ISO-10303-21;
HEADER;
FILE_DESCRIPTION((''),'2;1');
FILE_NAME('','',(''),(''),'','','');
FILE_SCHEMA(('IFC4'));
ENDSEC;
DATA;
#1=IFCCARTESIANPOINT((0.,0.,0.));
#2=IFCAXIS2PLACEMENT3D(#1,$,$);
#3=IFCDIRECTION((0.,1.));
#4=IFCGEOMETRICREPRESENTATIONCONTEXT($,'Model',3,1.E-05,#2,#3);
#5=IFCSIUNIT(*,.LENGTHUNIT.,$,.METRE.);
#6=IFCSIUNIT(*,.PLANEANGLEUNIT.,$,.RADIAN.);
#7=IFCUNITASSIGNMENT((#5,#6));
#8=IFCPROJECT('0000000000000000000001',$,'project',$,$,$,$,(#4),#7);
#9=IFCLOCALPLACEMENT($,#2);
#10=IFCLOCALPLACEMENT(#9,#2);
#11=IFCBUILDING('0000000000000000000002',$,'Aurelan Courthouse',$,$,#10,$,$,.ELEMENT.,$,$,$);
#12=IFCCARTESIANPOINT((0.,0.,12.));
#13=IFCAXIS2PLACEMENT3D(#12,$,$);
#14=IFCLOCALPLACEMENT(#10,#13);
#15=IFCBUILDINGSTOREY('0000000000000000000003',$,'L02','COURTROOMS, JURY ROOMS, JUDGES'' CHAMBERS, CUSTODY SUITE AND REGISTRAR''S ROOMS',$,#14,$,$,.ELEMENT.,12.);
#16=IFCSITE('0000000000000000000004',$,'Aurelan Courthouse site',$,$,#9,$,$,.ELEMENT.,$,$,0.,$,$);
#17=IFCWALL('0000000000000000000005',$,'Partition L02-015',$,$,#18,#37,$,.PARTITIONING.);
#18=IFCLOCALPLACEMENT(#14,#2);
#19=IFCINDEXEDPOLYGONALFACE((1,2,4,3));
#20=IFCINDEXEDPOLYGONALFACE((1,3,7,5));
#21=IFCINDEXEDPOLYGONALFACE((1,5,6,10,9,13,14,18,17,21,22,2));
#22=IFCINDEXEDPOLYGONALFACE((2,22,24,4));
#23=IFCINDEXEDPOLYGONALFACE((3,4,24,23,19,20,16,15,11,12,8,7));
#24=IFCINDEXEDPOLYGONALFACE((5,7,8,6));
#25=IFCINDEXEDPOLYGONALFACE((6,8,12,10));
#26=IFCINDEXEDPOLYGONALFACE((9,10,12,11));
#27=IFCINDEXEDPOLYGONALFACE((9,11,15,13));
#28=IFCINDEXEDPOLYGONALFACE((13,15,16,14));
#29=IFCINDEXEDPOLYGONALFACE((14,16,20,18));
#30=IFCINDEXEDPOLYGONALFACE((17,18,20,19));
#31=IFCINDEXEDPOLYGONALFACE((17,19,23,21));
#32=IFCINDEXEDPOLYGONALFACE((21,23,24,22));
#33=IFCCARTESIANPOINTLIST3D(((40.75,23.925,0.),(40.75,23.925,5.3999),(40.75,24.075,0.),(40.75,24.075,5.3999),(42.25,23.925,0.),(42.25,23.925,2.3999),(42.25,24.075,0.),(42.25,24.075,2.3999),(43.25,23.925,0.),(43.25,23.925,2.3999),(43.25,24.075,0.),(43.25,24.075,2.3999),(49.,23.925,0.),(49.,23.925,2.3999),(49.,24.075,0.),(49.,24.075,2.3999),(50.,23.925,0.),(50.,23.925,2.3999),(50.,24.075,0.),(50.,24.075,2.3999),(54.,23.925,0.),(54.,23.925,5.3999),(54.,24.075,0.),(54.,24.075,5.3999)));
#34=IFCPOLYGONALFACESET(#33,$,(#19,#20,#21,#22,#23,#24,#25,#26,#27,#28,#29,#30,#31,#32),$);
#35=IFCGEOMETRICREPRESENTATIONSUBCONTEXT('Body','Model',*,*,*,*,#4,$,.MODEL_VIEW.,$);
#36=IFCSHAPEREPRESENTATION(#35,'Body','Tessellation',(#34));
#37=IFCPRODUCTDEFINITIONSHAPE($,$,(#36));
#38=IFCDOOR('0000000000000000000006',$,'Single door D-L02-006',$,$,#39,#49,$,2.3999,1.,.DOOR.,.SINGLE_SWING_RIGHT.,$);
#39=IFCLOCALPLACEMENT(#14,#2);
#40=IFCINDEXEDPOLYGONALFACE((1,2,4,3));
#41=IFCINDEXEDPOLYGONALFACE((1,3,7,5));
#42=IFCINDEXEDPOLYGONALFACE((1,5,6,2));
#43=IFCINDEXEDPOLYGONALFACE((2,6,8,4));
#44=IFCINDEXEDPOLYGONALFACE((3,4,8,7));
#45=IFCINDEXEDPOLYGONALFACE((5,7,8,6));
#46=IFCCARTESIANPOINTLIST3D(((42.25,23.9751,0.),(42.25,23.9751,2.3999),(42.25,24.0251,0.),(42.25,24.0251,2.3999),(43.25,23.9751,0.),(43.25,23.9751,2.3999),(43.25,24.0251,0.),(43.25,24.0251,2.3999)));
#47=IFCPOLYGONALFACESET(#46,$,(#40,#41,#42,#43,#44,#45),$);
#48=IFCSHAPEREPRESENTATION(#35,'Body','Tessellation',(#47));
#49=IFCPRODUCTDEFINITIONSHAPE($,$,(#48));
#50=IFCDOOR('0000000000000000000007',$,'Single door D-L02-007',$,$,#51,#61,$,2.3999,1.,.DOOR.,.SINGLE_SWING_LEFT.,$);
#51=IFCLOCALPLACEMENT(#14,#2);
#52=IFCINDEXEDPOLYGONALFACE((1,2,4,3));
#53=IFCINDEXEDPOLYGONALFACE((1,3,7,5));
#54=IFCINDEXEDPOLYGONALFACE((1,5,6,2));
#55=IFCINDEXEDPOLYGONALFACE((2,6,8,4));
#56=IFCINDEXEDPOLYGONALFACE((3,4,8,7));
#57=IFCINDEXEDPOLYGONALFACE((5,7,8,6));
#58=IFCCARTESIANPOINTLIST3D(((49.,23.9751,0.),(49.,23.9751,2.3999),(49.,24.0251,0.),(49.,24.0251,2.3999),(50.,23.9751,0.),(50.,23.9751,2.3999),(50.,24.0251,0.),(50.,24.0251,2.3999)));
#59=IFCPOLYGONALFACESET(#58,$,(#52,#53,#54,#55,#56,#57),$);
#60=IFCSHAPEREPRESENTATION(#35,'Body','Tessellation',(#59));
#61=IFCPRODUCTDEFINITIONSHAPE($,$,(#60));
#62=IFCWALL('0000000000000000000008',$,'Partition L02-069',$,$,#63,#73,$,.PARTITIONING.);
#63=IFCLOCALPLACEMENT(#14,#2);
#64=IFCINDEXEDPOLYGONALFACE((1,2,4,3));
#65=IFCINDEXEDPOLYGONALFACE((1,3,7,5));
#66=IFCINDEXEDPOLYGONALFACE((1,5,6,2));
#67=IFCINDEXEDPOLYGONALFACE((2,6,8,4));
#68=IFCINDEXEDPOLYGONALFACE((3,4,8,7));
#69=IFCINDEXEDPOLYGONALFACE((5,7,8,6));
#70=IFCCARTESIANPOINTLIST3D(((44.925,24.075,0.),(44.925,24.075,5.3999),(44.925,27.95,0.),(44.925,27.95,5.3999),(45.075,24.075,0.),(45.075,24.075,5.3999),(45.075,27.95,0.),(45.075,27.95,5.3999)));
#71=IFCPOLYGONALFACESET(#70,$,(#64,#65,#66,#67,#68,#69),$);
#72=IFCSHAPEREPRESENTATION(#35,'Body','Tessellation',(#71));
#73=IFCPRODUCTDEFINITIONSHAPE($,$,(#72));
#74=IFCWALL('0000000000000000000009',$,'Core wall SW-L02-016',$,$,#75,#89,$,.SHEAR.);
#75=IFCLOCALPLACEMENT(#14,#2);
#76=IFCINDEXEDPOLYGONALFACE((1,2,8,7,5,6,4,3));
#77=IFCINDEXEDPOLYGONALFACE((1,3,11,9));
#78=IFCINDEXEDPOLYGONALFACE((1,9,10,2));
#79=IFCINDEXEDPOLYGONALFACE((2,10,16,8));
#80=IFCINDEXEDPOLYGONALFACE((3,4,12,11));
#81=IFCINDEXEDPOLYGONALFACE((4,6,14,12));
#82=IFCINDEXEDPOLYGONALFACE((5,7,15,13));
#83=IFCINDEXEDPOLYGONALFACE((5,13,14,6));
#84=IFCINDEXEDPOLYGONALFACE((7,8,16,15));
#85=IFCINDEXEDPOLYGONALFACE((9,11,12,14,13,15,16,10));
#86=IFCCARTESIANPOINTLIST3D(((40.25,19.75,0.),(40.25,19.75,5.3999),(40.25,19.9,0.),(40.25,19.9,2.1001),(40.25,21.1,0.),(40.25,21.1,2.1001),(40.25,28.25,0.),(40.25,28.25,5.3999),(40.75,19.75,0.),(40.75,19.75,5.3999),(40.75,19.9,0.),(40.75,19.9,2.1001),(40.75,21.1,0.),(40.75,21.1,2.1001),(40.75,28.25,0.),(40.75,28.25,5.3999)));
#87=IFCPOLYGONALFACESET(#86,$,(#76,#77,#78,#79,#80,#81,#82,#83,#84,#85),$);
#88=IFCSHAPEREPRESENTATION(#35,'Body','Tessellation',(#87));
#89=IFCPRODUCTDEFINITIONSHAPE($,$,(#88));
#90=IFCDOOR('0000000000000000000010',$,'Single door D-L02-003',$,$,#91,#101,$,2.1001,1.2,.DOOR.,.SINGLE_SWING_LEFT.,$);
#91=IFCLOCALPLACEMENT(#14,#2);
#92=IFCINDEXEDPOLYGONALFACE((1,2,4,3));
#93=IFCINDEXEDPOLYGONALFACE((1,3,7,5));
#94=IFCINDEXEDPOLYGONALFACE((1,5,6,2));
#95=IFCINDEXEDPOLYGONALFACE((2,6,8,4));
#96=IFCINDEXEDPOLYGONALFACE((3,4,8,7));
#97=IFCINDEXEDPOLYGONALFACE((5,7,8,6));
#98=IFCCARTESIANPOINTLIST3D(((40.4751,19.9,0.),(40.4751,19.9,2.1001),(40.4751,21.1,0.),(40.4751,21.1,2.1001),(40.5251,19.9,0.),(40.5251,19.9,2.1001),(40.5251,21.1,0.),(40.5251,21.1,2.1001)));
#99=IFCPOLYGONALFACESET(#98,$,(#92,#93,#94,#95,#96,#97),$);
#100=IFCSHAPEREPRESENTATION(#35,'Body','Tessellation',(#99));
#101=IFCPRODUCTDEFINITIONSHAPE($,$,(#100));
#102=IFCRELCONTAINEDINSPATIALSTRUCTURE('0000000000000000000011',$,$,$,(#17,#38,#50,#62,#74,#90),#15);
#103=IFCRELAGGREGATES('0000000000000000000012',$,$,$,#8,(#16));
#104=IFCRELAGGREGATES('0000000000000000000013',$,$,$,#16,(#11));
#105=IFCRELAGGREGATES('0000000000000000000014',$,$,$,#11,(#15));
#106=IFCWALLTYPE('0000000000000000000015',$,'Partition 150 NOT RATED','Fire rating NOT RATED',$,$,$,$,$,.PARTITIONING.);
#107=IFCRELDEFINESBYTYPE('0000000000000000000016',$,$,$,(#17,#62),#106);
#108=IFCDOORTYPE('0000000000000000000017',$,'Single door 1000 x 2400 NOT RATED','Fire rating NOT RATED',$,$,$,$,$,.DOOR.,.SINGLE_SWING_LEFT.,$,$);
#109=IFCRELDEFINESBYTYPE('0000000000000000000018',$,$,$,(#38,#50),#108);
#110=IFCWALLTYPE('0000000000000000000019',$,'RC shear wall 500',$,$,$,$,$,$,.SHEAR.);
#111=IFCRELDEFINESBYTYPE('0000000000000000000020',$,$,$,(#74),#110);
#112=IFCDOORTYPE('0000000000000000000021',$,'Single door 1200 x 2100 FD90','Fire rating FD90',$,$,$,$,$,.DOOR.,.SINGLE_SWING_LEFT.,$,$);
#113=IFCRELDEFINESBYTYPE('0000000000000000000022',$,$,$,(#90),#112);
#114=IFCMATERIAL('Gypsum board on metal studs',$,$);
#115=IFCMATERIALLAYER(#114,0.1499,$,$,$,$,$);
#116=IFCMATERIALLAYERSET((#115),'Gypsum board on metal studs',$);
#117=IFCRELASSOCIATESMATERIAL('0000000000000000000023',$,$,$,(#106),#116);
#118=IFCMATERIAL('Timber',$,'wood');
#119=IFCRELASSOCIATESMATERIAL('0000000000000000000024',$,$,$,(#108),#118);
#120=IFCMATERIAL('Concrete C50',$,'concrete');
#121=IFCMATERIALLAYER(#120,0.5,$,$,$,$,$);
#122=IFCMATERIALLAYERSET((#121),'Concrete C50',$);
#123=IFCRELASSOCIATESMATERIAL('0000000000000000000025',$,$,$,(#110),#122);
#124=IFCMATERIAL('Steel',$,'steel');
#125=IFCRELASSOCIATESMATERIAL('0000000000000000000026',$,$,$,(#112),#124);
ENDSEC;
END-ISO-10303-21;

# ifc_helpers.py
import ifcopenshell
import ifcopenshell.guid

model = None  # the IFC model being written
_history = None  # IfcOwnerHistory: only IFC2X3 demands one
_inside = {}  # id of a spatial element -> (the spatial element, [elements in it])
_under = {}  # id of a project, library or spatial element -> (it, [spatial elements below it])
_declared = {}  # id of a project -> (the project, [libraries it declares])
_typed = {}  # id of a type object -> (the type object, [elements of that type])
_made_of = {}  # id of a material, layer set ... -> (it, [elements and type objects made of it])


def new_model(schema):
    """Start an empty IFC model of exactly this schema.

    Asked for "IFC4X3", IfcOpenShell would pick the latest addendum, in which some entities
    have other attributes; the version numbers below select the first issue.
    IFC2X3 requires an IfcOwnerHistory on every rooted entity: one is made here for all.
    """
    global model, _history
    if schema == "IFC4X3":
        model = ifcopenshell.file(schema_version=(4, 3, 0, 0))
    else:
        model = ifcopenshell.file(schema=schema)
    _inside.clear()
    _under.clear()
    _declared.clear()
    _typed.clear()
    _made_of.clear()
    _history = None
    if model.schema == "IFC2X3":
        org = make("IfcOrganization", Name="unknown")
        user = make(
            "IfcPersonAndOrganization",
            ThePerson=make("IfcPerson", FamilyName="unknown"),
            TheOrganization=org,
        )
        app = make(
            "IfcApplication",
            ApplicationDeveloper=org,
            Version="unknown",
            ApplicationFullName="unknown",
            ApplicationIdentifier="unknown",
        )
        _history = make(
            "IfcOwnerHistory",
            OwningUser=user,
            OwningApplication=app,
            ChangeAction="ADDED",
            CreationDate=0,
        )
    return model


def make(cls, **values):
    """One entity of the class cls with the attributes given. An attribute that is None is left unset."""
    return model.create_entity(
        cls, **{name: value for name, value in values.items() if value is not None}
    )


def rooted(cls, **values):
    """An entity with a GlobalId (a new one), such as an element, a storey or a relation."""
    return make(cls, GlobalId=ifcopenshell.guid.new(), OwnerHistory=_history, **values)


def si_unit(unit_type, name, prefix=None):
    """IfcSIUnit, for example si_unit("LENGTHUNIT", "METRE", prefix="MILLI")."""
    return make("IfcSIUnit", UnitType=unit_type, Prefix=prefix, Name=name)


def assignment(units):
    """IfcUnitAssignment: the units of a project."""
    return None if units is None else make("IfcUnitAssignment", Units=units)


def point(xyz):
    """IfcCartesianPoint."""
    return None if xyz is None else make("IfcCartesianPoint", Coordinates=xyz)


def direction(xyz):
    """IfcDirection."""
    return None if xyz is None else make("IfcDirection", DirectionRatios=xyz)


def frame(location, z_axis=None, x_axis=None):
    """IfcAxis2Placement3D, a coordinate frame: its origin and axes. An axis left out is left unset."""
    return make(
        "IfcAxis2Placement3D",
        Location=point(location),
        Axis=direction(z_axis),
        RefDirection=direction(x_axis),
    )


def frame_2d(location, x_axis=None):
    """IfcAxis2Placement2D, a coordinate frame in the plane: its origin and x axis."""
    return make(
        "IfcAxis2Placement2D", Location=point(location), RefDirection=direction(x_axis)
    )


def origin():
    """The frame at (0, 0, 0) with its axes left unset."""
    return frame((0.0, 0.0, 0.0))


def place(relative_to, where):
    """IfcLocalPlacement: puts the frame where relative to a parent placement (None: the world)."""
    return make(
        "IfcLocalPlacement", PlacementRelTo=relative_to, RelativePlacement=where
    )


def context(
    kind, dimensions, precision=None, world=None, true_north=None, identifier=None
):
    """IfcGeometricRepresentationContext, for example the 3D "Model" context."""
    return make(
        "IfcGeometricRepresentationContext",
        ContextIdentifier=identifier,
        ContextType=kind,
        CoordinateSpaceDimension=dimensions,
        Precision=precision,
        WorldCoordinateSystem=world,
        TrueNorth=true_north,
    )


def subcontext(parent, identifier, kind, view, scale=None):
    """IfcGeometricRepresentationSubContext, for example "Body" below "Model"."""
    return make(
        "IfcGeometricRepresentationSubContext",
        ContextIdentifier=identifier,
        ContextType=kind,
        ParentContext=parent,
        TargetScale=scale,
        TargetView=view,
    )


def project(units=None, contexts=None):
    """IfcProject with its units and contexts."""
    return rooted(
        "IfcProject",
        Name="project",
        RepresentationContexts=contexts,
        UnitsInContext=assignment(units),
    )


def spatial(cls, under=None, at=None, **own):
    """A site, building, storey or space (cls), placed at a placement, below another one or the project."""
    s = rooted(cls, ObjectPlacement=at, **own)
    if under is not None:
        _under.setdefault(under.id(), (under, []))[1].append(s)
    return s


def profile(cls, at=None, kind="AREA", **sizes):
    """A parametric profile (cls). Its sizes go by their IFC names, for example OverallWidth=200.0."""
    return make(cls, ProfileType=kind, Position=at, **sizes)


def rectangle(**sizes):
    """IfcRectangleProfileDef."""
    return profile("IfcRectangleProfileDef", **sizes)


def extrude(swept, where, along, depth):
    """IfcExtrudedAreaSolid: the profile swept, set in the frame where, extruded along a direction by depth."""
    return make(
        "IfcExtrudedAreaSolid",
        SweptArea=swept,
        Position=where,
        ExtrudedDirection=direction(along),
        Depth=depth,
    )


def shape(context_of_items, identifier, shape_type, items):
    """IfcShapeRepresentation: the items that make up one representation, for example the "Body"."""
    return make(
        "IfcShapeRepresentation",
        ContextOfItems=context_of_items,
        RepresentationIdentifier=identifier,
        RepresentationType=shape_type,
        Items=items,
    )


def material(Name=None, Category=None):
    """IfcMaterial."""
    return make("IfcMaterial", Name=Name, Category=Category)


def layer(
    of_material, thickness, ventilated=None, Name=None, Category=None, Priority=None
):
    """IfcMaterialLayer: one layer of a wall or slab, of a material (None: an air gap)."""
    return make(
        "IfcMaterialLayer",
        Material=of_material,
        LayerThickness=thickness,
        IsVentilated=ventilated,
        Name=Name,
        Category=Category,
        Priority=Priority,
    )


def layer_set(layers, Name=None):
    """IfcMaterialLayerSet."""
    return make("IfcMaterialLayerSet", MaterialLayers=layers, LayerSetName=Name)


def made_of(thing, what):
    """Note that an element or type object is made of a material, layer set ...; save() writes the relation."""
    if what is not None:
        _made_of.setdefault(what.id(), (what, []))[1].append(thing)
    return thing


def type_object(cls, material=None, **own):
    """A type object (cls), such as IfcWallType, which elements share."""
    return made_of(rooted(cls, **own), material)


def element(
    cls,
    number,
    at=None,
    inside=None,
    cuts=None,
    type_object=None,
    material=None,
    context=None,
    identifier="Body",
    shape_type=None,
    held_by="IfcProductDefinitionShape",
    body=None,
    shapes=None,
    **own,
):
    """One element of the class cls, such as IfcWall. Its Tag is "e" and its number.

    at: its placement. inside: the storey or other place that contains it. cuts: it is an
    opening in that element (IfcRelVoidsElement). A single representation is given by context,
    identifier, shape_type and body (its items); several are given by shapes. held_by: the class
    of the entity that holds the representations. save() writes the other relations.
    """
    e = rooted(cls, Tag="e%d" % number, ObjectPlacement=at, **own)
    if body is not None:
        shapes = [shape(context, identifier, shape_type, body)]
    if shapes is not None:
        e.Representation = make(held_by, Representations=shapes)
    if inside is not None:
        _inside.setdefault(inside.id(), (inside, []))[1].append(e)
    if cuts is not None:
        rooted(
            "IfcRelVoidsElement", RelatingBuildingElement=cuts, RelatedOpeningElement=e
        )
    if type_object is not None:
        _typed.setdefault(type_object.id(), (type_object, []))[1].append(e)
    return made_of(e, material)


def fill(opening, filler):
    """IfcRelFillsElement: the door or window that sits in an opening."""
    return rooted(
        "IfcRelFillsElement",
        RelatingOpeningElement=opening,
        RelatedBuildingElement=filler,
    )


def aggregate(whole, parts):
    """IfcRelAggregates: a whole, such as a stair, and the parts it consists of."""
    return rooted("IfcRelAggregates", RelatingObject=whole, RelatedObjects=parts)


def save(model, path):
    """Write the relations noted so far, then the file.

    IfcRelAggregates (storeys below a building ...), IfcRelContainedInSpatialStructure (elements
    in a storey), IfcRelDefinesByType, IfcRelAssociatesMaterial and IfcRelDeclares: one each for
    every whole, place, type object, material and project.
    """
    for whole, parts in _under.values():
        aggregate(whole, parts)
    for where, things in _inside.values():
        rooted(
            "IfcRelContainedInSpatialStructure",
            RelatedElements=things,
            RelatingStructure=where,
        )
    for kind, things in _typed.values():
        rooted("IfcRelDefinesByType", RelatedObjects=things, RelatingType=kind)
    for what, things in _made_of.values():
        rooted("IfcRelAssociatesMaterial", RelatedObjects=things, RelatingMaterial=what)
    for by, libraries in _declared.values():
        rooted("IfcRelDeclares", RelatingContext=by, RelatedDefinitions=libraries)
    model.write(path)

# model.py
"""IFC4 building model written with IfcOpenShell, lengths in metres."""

from ifc_helpers import new_model, si_unit, direction, frame, frame_2d, origin, place, context, subcontext, project, spatial, rectangle, extrude, material, layer, layer_set, type_object, element, fill, save


model = new_model("IFC4")

# Units and contexts
model_context = context("Model", 3, precision=1e-05, world=origin(), true_north=direction((0.0, 1.0)))
body_context = subcontext(model_context, "Body", "Model", "MODEL_VIEW")
ifc_project = project(units=[si_unit("LENGTHUNIT", "METRE"), si_unit("PLANEANGLEUNIT", "RADIAN")], contexts=[model_context])

# Site, building, storey
site_placement = place(None, origin())
site = spatial("IfcSite", under=ifc_project, at=site_placement, Name="Aurelan Courthouse site", CompositionType="ELEMENT", RefElevation=0.0)
building_placement = place(site_placement, origin())
building = spatial("IfcBuilding", under=site, at=building_placement, Name="Aurelan Courthouse", CompositionType="ELEMENT")
storey_placement = place(building_placement, frame((0.0, 0.0, 12.0)))
storey = spatial("IfcBuildingStorey", under=building, at=storey_placement, Name="L02", Description="COURTROOMS, JURY ROOMS, JUDGES' CHAMBERS, CUSTODY SUITE AND REGISTRAR'S ROOMS", CompositionType="ELEMENT", Elevation=12.0)

# Wall, openings, doors
ifc_material_1 = material(Name="Gypsum board on metal studs")
ifc_layer_1 = layer(ifc_material_1, 0.1499)
ifc_layer_set_1 = layer_set([ifc_layer_1], Name="Gypsum board on metal studs")
wall_type_1 = type_object("IfcWallType", Name="Partition 150 NOT RATED", Description="Fire rating NOT RATED", PredefinedType="PARTITIONING", material=ifc_layer_set_1)
wall_1_placement = place(storey_placement, frame((40.75, 24.0, 0.0), z_axis=(0.0, 0.0, 1.0), x_axis=(1.0, 0.0, 0.0)))
wall_1 = element("IfcWall", 1, at=wall_1_placement, inside=storey, type_object=wall_type_1, Name="Partition L02-015", PredefinedType="PARTITIONING", context=body_context, shape_type="SweptSolid", body=[
    extrude(rectangle(XDim=13.25, YDim=0.1499, at=frame_2d((6.625, 0.0))), origin(), (0.0, 0.0, 1.0), 5.3999),
])
opening_1_placement = place(wall_1_placement, frame((2.5, 0.0, 0.0), z_axis=(0.0, 0.0, 1.0), x_axis=(-1.0, 0.0, 0.0)))
opening_1 = element("IfcOpeningElement", 2, at=opening_1_placement, cuts=wall_1, PredefinedType="OPENING", context=body_context, shape_type="SweptSolid", body=[
    extrude(rectangle(XDim=1.0, YDim=2.3999, at=frame_2d((0.5, 1.2))), frame((0.0, 0.085, 0.0), z_axis=(0.0, -1.0, 0.0), x_axis=(1.0, 0.0, 0.0)), (0.0, 0.0, 1.0), 0.1699),
])
opening_2_placement = place(wall_1_placement, frame((9.25, 0.0, 0.0), z_axis=(0.0, 0.0, 1.0), x_axis=(-1.0, 0.0, 0.0)))
opening_2 = element("IfcOpeningElement", 3, at=opening_2_placement, cuts=wall_1, PredefinedType="OPENING", context=body_context, shape_type="SweptSolid", body=[
    extrude(rectangle(XDim=1.0, YDim=2.3999, at=frame_2d((0.5, 1.2))), frame((0.0, 0.085, 0.0), z_axis=(0.0, -1.0, 0.0), x_axis=(1.0, 0.0, 0.0)), (0.0, 0.0, 1.0), 0.1699),
])
ifc_material_2 = material(Name="Timber", Category="wood")
door_type_1 = type_object("IfcDoorType", Name="Single door 1000 x 2400 NOT RATED", Description="Fire rating NOT RATED", OperationType="SINGLE_SWING_LEFT", PredefinedType="DOOR", material=ifc_material_2)
door_1_placement = place(opening_1_placement, origin())
door_1 = element("IfcDoor", 4, at=door_1_placement, inside=storey, type_object=door_type_1, Name="Single door D-L02-006", OperationType="SINGLE_SWING_RIGHT", OverallHeight=2.3999, OverallWidth=1.0, PredefinedType="DOOR", context=body_context, shape_type="SweptSolid", body=[
    extrude(rectangle(XDim=1.0, YDim=2.3999, at=frame_2d((0.5, 1.2))), frame((0.0, 0.0249, 0.0), z_axis=(0.0, -1.0, 0.0), x_axis=(1.0, 0.0, 0.0)), (0.0, 0.0, 1.0), 0.05),
])
fill(opening_1, door_1)
door_2_placement = place(opening_2_placement, origin())
door_2 = element("IfcDoor", 5, at=door_2_placement, inside=storey, type_object=door_type_1, Name="Single door D-L02-007", OperationType="SINGLE_SWING_LEFT", OverallHeight=2.3999, OverallWidth=1.0, PredefinedType="DOOR", context=body_context, shape_type="SweptSolid", body=[
    extrude(rectangle(XDim=1.0, YDim=2.3999, at=frame_2d((0.5, 1.2))), frame((0.0, 0.0249, 0.0), z_axis=(0.0, -1.0, 0.0), x_axis=(1.0, 0.0, 0.0)), (0.0, 0.0, 1.0), 0.05),
])
fill(opening_2, door_2)

# Wall
wall_2_placement = place(storey_placement, frame((45.0, 24.075, 0.0), z_axis=(0.0, 0.0, 1.0), x_axis=(0.0, 1.0, 0.0)))
element("IfcWall", 6, at=wall_2_placement, inside=storey, type_object=wall_type_1, Name="Partition L02-069", PredefinedType="PARTITIONING", context=body_context, shape_type="SweptSolid", body=[
    extrude(rectangle(XDim=3.875, YDim=0.1499, at=frame_2d((1.9375, 0.0))), origin(), (0.0, 0.0, 1.0), 5.3999),
])

# Wall, opening, door
ifc_material_3 = material(Name="Concrete C50", Category="concrete")
ifc_layer_2 = layer(ifc_material_3, 0.5)
ifc_layer_set_2 = layer_set([ifc_layer_2], Name="Concrete C50")
wall_type_2 = type_object("IfcWallType", Name="RC shear wall 500", PredefinedType="SHEAR", material=ifc_layer_set_2)
wall_3_placement = place(storey_placement, frame((40.5, 19.75, 0.0), z_axis=(0.0, 0.0, 1.0), x_axis=(0.0, 1.0, 0.0)))
wall_3 = element("IfcWall", 7, at=wall_3_placement, inside=storey, type_object=wall_type_2, Name="Core wall SW-L02-016", PredefinedType="SHEAR", context=body_context, shape_type="SweptSolid", body=[
    extrude(rectangle(XDim=8.5, YDim=0.5, at=frame_2d((4.25, 0.0))), origin(), (0.0, 0.0, 1.0), 5.3999),
])
opening_3_placement = place(wall_3_placement, frame((0.1499, 0.0, 0.0)))
opening_3 = element("IfcOpeningElement", 8, at=opening_3_placement, cuts=wall_3, PredefinedType="OPENING", context=body_context, shape_type="SweptSolid", body=[
    extrude(rectangle(XDim=1.2, YDim=2.1001, at=frame_2d((0.6001, 1.05))), frame((0.0, 0.26, 0.0), z_axis=(0.0, -1.0, 0.0), x_axis=(1.0, 0.0, 0.0)), (0.0, 0.0, 1.0), 0.52),
])
ifc_material_4 = material(Name="Steel", Category="steel")
door_type_2 = type_object("IfcDoorType", Name="Single door 1200 x 2100 FD90", Description="Fire rating FD90", OperationType="SINGLE_SWING_LEFT", PredefinedType="DOOR", material=ifc_material_4)
door_3_placement = place(opening_3_placement, origin())
door_3 = element("IfcDoor", 9, at=door_3_placement, inside=storey, type_object=door_type_2, Name="Single door D-L02-003", OperationType="SINGLE_SWING_LEFT", OverallHeight=2.1001, OverallWidth=1.2, PredefinedType="DOOR", context=body_context, shape_type="SweptSolid", body=[
    extrude(rectangle(XDim=1.2, YDim=2.1001, at=frame_2d((0.6001, 1.05))), frame((0.0, 0.0249, 0.0), z_axis=(0.0, -1.0, 0.0), x_axis=(1.0, 0.0, 0.0)), (0.0, 0.0, 1.0), 0.05),
])
fill(opening_3, door_3)

save(model, "model.ifc")
